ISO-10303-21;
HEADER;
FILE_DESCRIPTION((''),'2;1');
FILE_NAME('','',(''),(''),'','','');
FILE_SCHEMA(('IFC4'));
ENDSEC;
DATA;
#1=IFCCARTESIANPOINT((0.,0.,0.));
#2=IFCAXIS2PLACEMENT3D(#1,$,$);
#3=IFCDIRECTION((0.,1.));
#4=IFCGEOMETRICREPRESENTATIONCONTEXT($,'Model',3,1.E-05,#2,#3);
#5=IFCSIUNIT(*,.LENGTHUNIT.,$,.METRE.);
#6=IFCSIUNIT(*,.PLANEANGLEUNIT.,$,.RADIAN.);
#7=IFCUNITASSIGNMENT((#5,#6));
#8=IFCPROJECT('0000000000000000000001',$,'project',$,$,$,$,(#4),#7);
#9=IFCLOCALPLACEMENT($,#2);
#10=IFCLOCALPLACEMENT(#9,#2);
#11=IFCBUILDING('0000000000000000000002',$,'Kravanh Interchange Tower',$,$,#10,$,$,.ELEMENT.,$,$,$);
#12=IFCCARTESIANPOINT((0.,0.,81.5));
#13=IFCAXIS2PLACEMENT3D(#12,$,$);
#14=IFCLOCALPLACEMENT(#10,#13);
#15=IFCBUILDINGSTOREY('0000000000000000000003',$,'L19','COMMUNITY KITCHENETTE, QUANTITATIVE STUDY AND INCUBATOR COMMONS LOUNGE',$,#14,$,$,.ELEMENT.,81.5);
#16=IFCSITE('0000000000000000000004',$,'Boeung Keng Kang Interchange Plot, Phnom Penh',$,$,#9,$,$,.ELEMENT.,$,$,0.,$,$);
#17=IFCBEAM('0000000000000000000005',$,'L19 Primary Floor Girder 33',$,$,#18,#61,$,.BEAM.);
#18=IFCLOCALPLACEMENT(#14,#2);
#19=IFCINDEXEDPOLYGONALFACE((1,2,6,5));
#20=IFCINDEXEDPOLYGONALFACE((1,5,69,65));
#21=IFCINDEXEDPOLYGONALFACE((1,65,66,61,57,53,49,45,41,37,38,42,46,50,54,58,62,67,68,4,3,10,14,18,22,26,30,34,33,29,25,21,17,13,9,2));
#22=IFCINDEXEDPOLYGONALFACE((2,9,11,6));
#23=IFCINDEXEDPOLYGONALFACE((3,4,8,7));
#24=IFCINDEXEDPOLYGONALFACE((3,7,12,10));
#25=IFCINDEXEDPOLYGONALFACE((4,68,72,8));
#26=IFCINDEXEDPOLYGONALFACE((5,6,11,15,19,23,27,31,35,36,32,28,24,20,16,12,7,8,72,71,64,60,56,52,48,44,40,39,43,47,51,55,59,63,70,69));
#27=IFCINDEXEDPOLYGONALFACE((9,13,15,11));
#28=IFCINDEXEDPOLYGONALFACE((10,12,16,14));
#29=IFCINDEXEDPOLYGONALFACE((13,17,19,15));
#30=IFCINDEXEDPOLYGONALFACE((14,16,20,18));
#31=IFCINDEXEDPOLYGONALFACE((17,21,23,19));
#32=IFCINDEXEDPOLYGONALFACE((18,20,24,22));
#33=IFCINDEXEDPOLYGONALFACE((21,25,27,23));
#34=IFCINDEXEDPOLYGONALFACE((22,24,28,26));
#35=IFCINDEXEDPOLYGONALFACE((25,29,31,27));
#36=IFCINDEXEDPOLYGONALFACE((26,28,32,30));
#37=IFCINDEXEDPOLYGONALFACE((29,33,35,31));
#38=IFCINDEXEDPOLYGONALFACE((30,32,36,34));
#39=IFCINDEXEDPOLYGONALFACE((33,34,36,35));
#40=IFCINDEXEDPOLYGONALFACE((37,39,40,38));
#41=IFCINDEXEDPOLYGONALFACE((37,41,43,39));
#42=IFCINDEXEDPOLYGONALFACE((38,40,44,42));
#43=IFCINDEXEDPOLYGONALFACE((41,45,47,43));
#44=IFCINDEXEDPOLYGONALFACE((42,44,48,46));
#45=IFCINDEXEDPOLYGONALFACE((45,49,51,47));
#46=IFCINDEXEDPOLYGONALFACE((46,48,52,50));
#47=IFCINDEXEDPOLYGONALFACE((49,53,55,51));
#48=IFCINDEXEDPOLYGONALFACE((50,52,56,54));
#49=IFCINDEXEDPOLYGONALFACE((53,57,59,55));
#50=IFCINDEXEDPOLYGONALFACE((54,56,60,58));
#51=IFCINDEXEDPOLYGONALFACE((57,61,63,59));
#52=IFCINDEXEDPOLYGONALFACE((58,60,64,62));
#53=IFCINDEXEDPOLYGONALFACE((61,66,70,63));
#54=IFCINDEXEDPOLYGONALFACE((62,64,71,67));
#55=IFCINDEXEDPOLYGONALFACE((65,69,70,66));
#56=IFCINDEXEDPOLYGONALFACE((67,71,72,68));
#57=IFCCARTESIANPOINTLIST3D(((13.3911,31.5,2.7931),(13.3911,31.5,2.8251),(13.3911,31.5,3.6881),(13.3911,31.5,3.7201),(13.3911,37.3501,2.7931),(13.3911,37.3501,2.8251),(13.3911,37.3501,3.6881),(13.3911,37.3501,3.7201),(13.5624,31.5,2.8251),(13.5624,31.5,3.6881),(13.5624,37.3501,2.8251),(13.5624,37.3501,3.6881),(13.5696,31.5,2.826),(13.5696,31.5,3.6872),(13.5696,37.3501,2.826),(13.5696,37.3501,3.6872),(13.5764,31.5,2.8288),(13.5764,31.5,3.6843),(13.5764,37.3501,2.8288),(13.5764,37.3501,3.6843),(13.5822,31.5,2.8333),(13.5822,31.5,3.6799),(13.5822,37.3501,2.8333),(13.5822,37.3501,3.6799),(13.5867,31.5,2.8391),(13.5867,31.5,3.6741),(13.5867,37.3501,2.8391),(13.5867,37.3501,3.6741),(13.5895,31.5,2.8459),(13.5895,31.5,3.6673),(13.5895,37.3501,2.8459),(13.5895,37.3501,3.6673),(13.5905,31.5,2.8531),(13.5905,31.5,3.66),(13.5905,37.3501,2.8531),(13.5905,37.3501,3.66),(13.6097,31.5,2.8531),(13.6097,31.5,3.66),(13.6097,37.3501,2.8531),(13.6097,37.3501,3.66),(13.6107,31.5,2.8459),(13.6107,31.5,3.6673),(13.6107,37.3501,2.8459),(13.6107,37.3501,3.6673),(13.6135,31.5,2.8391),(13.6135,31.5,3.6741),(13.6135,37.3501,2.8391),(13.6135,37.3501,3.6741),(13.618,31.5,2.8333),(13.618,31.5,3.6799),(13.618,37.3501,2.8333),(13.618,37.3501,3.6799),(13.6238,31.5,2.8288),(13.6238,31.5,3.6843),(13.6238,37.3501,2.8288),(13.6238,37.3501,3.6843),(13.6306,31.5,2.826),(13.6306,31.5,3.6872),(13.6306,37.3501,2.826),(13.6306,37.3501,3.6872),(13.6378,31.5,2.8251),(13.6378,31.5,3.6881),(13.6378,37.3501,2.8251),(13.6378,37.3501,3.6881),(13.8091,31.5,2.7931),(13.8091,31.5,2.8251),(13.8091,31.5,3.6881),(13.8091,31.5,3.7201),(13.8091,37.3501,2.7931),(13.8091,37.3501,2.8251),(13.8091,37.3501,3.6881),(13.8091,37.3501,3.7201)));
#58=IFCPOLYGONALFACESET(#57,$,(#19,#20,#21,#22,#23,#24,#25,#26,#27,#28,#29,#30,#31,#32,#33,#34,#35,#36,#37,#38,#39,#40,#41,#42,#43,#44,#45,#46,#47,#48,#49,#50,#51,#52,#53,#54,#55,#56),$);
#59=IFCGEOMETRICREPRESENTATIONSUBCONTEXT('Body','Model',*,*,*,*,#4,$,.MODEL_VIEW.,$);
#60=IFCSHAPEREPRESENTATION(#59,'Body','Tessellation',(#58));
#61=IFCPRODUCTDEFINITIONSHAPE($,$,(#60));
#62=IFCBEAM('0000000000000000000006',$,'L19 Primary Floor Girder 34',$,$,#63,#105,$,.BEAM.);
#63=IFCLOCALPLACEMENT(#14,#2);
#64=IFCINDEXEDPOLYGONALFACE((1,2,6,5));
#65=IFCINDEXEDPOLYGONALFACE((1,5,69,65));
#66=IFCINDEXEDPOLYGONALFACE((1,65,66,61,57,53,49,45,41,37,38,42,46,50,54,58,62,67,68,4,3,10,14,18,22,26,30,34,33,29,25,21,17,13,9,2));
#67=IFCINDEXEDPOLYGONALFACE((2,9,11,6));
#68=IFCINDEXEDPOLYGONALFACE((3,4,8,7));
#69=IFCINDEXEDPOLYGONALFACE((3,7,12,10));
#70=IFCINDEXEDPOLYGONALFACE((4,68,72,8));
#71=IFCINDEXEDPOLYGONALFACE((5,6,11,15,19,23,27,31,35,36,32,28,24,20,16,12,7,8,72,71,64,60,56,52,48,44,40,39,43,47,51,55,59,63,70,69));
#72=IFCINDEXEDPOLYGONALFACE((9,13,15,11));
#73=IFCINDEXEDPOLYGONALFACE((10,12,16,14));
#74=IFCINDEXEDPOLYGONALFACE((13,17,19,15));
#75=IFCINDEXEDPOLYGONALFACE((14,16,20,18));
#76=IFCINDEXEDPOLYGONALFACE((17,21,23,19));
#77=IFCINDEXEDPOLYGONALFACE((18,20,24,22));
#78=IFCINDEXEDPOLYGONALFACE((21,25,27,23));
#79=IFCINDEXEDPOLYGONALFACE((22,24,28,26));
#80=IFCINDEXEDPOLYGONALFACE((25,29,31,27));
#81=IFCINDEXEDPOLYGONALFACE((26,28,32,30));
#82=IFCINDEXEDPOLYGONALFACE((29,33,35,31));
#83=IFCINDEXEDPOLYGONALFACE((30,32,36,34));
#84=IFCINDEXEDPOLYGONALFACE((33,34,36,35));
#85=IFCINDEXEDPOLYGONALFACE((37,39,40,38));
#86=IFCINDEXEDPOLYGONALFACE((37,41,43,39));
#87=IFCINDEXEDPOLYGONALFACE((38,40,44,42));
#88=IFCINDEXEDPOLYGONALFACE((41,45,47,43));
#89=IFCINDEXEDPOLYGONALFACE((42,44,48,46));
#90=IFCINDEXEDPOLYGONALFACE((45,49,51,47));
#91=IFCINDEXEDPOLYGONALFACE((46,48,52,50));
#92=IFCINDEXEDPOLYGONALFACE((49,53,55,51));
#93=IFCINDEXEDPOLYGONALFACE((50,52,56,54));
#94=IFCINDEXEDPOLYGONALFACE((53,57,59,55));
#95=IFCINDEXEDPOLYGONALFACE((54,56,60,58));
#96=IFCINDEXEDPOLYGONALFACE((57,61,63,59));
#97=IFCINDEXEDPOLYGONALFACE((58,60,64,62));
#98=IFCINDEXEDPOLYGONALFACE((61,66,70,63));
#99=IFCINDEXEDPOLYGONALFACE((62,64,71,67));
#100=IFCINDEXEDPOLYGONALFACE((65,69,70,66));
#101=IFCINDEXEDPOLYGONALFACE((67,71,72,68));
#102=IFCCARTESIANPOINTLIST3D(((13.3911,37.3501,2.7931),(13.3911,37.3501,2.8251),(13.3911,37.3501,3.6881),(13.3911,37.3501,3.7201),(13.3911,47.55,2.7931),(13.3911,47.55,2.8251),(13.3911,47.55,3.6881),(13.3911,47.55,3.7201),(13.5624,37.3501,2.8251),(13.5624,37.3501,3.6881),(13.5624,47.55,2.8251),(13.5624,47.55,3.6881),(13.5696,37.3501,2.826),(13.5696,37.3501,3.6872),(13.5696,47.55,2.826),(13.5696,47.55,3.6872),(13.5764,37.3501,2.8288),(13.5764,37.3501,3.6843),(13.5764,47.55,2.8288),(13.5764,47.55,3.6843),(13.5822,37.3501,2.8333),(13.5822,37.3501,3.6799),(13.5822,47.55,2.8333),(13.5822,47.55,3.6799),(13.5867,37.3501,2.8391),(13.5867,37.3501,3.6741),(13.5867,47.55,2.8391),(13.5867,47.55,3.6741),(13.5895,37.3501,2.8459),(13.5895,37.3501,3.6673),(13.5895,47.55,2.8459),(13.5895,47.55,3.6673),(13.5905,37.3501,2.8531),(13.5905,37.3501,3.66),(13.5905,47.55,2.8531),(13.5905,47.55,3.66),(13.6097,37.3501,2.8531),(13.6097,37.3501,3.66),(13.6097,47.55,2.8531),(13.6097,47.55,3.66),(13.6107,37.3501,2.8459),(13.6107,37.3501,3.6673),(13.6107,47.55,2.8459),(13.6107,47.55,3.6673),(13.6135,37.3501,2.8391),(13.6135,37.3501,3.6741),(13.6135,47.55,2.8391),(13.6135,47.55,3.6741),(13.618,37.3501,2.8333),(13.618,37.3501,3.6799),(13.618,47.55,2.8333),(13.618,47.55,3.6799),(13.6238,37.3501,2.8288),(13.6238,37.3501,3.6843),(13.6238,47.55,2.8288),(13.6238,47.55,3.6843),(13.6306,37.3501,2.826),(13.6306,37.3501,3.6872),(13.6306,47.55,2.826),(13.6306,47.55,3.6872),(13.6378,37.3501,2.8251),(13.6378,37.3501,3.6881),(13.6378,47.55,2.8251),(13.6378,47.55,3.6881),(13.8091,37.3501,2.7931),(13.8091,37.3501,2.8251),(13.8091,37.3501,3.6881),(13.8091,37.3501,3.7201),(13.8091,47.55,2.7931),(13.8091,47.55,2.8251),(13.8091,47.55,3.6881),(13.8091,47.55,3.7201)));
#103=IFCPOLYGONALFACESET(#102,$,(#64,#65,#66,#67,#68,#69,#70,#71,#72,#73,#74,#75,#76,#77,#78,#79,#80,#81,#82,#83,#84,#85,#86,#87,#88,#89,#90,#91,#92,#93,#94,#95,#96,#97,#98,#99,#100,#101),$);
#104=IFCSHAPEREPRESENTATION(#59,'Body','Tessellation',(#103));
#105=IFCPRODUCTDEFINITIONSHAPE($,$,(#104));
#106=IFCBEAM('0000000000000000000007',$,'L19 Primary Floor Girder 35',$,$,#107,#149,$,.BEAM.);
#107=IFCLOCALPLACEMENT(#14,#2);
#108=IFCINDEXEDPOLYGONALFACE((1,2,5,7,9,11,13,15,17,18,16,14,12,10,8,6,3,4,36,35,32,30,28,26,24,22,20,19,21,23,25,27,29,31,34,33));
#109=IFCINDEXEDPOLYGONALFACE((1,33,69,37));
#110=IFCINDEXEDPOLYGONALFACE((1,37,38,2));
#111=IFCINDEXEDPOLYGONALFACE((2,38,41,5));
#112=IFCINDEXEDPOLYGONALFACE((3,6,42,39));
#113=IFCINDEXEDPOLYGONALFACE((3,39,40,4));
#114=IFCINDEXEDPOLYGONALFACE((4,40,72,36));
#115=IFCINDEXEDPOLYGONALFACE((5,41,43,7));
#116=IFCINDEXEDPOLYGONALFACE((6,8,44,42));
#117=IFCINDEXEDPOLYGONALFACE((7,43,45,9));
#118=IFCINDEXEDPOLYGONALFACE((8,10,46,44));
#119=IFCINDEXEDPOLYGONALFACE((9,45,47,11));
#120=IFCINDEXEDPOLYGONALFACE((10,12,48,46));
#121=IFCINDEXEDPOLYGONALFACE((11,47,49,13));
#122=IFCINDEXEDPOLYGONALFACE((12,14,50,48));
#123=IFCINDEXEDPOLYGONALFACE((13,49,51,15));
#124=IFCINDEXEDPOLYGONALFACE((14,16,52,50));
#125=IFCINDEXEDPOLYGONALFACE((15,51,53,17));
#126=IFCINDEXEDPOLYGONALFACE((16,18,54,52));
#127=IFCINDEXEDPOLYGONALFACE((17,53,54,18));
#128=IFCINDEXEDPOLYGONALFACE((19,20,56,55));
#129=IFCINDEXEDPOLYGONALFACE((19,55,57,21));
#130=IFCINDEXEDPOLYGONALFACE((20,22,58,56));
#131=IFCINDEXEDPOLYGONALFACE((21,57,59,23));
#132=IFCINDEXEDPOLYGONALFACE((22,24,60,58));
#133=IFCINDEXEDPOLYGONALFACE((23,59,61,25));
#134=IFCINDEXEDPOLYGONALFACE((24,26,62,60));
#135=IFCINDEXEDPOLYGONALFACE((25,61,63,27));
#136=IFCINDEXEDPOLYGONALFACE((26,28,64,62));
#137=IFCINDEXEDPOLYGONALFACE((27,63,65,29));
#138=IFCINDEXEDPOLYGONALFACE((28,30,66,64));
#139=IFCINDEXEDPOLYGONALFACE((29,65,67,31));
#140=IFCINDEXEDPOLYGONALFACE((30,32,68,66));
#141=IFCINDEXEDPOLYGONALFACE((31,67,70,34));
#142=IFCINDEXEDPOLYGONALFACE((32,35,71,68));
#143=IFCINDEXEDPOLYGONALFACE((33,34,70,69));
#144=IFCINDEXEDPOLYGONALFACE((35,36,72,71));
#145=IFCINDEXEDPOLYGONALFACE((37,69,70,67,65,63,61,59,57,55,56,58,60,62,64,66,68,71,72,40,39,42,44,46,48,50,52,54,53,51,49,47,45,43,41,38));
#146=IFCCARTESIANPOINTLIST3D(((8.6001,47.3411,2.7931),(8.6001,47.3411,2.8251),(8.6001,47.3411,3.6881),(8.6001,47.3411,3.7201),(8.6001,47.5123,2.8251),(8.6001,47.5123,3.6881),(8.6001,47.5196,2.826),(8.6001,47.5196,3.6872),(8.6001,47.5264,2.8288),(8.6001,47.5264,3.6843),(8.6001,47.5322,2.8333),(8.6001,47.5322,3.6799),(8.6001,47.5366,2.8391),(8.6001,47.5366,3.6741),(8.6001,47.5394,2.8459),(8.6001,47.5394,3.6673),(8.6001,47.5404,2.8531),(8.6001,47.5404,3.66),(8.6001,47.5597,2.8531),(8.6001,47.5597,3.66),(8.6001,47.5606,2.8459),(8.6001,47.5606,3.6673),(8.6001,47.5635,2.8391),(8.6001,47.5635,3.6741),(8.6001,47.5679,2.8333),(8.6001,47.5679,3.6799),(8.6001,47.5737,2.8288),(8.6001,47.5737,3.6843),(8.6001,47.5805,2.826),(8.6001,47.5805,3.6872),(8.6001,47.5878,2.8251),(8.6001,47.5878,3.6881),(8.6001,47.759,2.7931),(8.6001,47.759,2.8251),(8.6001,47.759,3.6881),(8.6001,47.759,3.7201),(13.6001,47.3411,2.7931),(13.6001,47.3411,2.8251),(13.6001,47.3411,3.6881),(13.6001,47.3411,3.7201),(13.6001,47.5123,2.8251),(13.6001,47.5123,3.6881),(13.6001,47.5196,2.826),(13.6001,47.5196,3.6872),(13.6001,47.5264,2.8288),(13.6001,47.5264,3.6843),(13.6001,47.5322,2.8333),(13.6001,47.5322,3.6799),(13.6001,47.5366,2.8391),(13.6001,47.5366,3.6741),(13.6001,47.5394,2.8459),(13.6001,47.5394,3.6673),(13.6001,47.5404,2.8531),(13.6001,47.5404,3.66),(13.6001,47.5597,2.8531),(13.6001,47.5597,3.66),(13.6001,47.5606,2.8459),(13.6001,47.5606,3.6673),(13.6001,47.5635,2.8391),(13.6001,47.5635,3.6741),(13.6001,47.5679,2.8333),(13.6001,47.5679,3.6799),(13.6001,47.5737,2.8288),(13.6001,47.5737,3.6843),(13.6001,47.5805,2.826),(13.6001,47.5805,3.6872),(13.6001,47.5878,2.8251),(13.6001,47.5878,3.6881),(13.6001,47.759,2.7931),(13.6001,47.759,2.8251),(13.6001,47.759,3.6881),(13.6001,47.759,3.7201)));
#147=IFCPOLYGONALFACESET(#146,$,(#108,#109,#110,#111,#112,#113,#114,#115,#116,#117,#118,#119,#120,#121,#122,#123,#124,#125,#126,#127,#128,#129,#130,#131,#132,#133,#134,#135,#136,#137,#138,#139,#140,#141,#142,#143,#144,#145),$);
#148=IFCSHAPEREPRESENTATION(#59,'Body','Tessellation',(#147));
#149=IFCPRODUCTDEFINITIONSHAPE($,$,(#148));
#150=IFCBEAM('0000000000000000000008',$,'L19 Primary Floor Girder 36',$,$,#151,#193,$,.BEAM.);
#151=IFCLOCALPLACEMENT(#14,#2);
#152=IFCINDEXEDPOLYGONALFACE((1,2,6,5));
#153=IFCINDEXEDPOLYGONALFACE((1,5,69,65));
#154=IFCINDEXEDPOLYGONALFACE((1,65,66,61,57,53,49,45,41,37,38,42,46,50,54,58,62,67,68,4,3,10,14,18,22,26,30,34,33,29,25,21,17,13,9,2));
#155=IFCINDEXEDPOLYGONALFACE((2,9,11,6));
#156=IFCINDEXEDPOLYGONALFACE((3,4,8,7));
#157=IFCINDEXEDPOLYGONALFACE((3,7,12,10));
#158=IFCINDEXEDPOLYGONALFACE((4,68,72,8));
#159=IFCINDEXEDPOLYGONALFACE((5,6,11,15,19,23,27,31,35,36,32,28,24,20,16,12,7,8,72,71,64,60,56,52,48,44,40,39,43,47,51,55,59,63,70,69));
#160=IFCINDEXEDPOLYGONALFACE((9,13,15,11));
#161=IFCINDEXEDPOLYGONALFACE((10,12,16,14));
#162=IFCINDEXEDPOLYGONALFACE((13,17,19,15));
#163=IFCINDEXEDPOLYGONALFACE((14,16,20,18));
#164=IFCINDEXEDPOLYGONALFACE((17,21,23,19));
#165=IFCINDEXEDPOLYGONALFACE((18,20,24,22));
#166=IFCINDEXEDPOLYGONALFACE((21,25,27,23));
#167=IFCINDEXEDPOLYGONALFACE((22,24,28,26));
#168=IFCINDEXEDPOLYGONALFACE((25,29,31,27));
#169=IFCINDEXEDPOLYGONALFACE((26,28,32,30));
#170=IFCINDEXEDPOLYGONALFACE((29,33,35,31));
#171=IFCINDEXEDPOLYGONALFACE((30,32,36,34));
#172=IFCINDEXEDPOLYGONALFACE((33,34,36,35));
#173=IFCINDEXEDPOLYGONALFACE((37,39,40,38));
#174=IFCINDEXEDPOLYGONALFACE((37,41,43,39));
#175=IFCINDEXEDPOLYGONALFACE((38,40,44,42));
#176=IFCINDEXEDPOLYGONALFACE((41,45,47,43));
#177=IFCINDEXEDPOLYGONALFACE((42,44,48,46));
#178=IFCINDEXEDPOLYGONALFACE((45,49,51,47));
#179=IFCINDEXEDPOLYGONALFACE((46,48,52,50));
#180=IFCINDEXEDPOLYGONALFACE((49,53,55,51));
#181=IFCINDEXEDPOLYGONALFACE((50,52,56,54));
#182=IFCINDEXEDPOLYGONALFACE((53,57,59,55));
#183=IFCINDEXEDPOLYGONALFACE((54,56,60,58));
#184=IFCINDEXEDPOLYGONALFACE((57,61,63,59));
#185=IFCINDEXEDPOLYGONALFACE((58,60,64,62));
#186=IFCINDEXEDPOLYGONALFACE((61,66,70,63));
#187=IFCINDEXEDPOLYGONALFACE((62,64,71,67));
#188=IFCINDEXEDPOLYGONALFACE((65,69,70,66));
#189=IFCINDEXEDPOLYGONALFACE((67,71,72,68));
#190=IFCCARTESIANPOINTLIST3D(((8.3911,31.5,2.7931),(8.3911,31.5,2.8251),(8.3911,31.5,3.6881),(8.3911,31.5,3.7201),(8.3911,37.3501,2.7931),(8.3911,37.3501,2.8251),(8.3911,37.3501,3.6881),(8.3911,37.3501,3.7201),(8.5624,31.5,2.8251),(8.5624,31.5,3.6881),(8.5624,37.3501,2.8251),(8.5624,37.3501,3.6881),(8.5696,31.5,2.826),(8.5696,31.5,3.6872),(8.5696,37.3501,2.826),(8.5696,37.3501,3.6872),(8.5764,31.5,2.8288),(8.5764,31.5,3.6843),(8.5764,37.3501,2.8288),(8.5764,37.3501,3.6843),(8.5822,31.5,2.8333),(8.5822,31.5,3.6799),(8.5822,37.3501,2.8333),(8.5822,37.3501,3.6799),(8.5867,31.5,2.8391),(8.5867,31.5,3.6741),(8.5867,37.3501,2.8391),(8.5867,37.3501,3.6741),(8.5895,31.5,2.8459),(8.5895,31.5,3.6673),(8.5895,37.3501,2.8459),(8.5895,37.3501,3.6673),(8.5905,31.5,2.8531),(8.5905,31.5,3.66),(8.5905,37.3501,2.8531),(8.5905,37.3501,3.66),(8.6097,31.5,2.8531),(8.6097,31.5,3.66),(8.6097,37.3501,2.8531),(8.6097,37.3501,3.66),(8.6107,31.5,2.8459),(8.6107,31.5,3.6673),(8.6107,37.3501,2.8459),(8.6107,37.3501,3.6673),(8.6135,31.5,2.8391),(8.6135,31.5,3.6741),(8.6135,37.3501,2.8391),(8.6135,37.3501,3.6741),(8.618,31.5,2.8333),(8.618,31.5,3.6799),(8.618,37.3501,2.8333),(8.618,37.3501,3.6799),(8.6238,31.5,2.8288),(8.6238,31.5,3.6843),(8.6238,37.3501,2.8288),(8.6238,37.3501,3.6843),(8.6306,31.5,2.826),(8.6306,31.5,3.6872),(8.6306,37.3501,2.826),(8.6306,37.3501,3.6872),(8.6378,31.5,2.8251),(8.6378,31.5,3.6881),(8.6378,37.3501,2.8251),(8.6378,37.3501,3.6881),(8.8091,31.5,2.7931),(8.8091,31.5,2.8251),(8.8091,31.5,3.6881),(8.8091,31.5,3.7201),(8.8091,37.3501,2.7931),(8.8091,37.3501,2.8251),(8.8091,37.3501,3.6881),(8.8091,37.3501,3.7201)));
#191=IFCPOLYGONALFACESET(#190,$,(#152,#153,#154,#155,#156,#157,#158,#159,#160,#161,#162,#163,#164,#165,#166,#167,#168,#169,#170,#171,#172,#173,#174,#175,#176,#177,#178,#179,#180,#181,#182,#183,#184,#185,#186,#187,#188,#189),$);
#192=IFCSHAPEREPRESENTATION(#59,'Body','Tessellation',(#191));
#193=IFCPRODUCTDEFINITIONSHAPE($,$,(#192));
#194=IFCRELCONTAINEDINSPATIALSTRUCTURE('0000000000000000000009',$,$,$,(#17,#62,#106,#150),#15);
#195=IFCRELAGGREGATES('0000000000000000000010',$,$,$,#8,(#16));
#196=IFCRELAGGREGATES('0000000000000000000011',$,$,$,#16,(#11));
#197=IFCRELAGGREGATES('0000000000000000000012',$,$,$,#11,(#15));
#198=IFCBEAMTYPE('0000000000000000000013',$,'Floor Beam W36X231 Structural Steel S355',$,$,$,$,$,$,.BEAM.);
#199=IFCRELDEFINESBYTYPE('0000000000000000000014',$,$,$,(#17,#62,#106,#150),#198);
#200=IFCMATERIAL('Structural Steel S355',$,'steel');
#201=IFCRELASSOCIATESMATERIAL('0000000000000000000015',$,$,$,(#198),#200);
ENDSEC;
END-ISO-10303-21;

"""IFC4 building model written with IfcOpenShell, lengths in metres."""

from ifc_helpers import new_model, si_unit, direction, frame, origin, origin_2d, place, context, subcontext, project, spatial, i_section, extrude, material, material_profile, profile_set, type_object, element, save


model = new_model("IFC4")

# Units and contexts
model_context = context("Model", 3, precision=1e-05, world=origin(), true_north=direction((0.0, 1.0)))
body_context = subcontext(model_context, "Body", "Model", "MODEL_VIEW")
ifc_project = project(units=[si_unit("LENGTHUNIT", "METRE"), si_unit("PLANEANGLEUNIT", "RADIAN")], contexts=[model_context])

# Site, building, storey
site_placement = place(None, origin())
site = spatial("IfcSite", under=ifc_project, at=site_placement, Name="Boeung Keng Kang Interchange Plot, Phnom Penh", CompositionType="ELEMENT", RefElevation=0.0)
building_placement = place(site_placement, origin())
building = spatial("IfcBuilding", under=site, at=building_placement, Name="Kravanh Interchange Tower", CompositionType="ELEMENT")
storey_placement = place(building_placement, frame((0.0, 0.0, 81.5)))
storey = spatial("IfcBuildingStorey", under=building, at=storey_placement, Name="L19", Description="COMMUNITY KITCHENETTE, QUANTITATIVE STUDY AND INCUBATOR COMMONS LOUNGE", CompositionType="ELEMENT", Elevation=81.5)

# Beams
ifc_material_1 = material(Name="Structural Steel S355", Category="steel")
ifc_material_profile_1 = material_profile(ifc_material_1, i_section(OverallWidth=0.418, OverallDepth=0.927, WebThickness=0.0193, FlangeThickness=0.032, FilletRadius=0.0281, at=origin_2d()), Name="W36X231")
ifc_profile_set_1 = profile_set([ifc_material_profile_1], Name="Structural Steel S355")
beam_type = type_object("IfcBeamType", Name="Floor Beam W36X231 Structural Steel S355", PredefinedType="BEAM", material=ifc_profile_set_1)
beam_1_placement = place(storey_placement, frame((13.6001, 37.3501, 3.2566), z_axis=(0.0, -1.0, 0.0), x_axis=(1.0, 0.0, 0.0)))
element("IfcBeam", 1, at=beam_1_placement, inside=storey, type_object=beam_type, Name="L19 Primary Floor Girder 33", PredefinedType="BEAM", context=body_context, shape_type="SweptSolid", body=[
    extrude(i_section(OverallWidth=0.418, OverallDepth=0.927, WebThickness=0.0193, FlangeThickness=0.032, FilletRadius=0.0281, at=origin_2d()), origin(), (0.0, 0.0, 1.0), 5.8501),
])
beam_2_placement = place(storey_placement, frame((13.6001, 37.3501, 3.2566), z_axis=(0.0, 1.0, 0.0), x_axis=(-1.0, 0.0, 0.0)))
element("IfcBeam", 2, at=beam_2_placement, inside=storey, type_object=beam_type, Name="L19 Primary Floor Girder 34", PredefinedType="BEAM", context=body_context, shape_type="SweptSolid", body=[
    extrude(i_section(OverallWidth=0.418, OverallDepth=0.927, WebThickness=0.0193, FlangeThickness=0.032, FilletRadius=0.0281, at=origin_2d()), origin(), (0.0, 0.0, 1.0), 10.2),
])
beam_3_placement = place(storey_placement, frame((13.6001, 47.55, 3.2566), z_axis=(-1.0, 0.0, 0.0), x_axis=(0.0, -1.0, 0.0)))
element("IfcBeam", 3, at=beam_3_placement, inside=storey, type_object=beam_type, Name="L19 Primary Floor Girder 35", PredefinedType="BEAM", context=body_context, shape_type="SweptSolid", body=[
    extrude(i_section(OverallWidth=0.418, OverallDepth=0.927, WebThickness=0.0193, FlangeThickness=0.032, FilletRadius=0.0281, at=origin_2d()), origin(), (0.0, 0.0, 1.0), 5.0),
])
beam_4_placement = place(storey_placement, frame((8.6001, 37.3501, 3.2566), z_axis=(0.0, -1.0, 0.0), x_axis=(1.0, 0.0, 0.0)))
element("IfcBeam", 4, at=beam_4_placement, inside=storey, type_object=beam_type, Name="L19 Primary Floor Girder 36", PredefinedType="BEAM", context=body_context, shape_type="SweptSolid", body=[
    extrude(i_section(OverallWidth=0.418, OverallDepth=0.927, WebThickness=0.0193, FlangeThickness=0.032, FilletRadius=0.0281, at=origin_2d()), origin(), (0.0, 0.0, 1.0), 5.8501),
])

save(model, "model.ifc")
